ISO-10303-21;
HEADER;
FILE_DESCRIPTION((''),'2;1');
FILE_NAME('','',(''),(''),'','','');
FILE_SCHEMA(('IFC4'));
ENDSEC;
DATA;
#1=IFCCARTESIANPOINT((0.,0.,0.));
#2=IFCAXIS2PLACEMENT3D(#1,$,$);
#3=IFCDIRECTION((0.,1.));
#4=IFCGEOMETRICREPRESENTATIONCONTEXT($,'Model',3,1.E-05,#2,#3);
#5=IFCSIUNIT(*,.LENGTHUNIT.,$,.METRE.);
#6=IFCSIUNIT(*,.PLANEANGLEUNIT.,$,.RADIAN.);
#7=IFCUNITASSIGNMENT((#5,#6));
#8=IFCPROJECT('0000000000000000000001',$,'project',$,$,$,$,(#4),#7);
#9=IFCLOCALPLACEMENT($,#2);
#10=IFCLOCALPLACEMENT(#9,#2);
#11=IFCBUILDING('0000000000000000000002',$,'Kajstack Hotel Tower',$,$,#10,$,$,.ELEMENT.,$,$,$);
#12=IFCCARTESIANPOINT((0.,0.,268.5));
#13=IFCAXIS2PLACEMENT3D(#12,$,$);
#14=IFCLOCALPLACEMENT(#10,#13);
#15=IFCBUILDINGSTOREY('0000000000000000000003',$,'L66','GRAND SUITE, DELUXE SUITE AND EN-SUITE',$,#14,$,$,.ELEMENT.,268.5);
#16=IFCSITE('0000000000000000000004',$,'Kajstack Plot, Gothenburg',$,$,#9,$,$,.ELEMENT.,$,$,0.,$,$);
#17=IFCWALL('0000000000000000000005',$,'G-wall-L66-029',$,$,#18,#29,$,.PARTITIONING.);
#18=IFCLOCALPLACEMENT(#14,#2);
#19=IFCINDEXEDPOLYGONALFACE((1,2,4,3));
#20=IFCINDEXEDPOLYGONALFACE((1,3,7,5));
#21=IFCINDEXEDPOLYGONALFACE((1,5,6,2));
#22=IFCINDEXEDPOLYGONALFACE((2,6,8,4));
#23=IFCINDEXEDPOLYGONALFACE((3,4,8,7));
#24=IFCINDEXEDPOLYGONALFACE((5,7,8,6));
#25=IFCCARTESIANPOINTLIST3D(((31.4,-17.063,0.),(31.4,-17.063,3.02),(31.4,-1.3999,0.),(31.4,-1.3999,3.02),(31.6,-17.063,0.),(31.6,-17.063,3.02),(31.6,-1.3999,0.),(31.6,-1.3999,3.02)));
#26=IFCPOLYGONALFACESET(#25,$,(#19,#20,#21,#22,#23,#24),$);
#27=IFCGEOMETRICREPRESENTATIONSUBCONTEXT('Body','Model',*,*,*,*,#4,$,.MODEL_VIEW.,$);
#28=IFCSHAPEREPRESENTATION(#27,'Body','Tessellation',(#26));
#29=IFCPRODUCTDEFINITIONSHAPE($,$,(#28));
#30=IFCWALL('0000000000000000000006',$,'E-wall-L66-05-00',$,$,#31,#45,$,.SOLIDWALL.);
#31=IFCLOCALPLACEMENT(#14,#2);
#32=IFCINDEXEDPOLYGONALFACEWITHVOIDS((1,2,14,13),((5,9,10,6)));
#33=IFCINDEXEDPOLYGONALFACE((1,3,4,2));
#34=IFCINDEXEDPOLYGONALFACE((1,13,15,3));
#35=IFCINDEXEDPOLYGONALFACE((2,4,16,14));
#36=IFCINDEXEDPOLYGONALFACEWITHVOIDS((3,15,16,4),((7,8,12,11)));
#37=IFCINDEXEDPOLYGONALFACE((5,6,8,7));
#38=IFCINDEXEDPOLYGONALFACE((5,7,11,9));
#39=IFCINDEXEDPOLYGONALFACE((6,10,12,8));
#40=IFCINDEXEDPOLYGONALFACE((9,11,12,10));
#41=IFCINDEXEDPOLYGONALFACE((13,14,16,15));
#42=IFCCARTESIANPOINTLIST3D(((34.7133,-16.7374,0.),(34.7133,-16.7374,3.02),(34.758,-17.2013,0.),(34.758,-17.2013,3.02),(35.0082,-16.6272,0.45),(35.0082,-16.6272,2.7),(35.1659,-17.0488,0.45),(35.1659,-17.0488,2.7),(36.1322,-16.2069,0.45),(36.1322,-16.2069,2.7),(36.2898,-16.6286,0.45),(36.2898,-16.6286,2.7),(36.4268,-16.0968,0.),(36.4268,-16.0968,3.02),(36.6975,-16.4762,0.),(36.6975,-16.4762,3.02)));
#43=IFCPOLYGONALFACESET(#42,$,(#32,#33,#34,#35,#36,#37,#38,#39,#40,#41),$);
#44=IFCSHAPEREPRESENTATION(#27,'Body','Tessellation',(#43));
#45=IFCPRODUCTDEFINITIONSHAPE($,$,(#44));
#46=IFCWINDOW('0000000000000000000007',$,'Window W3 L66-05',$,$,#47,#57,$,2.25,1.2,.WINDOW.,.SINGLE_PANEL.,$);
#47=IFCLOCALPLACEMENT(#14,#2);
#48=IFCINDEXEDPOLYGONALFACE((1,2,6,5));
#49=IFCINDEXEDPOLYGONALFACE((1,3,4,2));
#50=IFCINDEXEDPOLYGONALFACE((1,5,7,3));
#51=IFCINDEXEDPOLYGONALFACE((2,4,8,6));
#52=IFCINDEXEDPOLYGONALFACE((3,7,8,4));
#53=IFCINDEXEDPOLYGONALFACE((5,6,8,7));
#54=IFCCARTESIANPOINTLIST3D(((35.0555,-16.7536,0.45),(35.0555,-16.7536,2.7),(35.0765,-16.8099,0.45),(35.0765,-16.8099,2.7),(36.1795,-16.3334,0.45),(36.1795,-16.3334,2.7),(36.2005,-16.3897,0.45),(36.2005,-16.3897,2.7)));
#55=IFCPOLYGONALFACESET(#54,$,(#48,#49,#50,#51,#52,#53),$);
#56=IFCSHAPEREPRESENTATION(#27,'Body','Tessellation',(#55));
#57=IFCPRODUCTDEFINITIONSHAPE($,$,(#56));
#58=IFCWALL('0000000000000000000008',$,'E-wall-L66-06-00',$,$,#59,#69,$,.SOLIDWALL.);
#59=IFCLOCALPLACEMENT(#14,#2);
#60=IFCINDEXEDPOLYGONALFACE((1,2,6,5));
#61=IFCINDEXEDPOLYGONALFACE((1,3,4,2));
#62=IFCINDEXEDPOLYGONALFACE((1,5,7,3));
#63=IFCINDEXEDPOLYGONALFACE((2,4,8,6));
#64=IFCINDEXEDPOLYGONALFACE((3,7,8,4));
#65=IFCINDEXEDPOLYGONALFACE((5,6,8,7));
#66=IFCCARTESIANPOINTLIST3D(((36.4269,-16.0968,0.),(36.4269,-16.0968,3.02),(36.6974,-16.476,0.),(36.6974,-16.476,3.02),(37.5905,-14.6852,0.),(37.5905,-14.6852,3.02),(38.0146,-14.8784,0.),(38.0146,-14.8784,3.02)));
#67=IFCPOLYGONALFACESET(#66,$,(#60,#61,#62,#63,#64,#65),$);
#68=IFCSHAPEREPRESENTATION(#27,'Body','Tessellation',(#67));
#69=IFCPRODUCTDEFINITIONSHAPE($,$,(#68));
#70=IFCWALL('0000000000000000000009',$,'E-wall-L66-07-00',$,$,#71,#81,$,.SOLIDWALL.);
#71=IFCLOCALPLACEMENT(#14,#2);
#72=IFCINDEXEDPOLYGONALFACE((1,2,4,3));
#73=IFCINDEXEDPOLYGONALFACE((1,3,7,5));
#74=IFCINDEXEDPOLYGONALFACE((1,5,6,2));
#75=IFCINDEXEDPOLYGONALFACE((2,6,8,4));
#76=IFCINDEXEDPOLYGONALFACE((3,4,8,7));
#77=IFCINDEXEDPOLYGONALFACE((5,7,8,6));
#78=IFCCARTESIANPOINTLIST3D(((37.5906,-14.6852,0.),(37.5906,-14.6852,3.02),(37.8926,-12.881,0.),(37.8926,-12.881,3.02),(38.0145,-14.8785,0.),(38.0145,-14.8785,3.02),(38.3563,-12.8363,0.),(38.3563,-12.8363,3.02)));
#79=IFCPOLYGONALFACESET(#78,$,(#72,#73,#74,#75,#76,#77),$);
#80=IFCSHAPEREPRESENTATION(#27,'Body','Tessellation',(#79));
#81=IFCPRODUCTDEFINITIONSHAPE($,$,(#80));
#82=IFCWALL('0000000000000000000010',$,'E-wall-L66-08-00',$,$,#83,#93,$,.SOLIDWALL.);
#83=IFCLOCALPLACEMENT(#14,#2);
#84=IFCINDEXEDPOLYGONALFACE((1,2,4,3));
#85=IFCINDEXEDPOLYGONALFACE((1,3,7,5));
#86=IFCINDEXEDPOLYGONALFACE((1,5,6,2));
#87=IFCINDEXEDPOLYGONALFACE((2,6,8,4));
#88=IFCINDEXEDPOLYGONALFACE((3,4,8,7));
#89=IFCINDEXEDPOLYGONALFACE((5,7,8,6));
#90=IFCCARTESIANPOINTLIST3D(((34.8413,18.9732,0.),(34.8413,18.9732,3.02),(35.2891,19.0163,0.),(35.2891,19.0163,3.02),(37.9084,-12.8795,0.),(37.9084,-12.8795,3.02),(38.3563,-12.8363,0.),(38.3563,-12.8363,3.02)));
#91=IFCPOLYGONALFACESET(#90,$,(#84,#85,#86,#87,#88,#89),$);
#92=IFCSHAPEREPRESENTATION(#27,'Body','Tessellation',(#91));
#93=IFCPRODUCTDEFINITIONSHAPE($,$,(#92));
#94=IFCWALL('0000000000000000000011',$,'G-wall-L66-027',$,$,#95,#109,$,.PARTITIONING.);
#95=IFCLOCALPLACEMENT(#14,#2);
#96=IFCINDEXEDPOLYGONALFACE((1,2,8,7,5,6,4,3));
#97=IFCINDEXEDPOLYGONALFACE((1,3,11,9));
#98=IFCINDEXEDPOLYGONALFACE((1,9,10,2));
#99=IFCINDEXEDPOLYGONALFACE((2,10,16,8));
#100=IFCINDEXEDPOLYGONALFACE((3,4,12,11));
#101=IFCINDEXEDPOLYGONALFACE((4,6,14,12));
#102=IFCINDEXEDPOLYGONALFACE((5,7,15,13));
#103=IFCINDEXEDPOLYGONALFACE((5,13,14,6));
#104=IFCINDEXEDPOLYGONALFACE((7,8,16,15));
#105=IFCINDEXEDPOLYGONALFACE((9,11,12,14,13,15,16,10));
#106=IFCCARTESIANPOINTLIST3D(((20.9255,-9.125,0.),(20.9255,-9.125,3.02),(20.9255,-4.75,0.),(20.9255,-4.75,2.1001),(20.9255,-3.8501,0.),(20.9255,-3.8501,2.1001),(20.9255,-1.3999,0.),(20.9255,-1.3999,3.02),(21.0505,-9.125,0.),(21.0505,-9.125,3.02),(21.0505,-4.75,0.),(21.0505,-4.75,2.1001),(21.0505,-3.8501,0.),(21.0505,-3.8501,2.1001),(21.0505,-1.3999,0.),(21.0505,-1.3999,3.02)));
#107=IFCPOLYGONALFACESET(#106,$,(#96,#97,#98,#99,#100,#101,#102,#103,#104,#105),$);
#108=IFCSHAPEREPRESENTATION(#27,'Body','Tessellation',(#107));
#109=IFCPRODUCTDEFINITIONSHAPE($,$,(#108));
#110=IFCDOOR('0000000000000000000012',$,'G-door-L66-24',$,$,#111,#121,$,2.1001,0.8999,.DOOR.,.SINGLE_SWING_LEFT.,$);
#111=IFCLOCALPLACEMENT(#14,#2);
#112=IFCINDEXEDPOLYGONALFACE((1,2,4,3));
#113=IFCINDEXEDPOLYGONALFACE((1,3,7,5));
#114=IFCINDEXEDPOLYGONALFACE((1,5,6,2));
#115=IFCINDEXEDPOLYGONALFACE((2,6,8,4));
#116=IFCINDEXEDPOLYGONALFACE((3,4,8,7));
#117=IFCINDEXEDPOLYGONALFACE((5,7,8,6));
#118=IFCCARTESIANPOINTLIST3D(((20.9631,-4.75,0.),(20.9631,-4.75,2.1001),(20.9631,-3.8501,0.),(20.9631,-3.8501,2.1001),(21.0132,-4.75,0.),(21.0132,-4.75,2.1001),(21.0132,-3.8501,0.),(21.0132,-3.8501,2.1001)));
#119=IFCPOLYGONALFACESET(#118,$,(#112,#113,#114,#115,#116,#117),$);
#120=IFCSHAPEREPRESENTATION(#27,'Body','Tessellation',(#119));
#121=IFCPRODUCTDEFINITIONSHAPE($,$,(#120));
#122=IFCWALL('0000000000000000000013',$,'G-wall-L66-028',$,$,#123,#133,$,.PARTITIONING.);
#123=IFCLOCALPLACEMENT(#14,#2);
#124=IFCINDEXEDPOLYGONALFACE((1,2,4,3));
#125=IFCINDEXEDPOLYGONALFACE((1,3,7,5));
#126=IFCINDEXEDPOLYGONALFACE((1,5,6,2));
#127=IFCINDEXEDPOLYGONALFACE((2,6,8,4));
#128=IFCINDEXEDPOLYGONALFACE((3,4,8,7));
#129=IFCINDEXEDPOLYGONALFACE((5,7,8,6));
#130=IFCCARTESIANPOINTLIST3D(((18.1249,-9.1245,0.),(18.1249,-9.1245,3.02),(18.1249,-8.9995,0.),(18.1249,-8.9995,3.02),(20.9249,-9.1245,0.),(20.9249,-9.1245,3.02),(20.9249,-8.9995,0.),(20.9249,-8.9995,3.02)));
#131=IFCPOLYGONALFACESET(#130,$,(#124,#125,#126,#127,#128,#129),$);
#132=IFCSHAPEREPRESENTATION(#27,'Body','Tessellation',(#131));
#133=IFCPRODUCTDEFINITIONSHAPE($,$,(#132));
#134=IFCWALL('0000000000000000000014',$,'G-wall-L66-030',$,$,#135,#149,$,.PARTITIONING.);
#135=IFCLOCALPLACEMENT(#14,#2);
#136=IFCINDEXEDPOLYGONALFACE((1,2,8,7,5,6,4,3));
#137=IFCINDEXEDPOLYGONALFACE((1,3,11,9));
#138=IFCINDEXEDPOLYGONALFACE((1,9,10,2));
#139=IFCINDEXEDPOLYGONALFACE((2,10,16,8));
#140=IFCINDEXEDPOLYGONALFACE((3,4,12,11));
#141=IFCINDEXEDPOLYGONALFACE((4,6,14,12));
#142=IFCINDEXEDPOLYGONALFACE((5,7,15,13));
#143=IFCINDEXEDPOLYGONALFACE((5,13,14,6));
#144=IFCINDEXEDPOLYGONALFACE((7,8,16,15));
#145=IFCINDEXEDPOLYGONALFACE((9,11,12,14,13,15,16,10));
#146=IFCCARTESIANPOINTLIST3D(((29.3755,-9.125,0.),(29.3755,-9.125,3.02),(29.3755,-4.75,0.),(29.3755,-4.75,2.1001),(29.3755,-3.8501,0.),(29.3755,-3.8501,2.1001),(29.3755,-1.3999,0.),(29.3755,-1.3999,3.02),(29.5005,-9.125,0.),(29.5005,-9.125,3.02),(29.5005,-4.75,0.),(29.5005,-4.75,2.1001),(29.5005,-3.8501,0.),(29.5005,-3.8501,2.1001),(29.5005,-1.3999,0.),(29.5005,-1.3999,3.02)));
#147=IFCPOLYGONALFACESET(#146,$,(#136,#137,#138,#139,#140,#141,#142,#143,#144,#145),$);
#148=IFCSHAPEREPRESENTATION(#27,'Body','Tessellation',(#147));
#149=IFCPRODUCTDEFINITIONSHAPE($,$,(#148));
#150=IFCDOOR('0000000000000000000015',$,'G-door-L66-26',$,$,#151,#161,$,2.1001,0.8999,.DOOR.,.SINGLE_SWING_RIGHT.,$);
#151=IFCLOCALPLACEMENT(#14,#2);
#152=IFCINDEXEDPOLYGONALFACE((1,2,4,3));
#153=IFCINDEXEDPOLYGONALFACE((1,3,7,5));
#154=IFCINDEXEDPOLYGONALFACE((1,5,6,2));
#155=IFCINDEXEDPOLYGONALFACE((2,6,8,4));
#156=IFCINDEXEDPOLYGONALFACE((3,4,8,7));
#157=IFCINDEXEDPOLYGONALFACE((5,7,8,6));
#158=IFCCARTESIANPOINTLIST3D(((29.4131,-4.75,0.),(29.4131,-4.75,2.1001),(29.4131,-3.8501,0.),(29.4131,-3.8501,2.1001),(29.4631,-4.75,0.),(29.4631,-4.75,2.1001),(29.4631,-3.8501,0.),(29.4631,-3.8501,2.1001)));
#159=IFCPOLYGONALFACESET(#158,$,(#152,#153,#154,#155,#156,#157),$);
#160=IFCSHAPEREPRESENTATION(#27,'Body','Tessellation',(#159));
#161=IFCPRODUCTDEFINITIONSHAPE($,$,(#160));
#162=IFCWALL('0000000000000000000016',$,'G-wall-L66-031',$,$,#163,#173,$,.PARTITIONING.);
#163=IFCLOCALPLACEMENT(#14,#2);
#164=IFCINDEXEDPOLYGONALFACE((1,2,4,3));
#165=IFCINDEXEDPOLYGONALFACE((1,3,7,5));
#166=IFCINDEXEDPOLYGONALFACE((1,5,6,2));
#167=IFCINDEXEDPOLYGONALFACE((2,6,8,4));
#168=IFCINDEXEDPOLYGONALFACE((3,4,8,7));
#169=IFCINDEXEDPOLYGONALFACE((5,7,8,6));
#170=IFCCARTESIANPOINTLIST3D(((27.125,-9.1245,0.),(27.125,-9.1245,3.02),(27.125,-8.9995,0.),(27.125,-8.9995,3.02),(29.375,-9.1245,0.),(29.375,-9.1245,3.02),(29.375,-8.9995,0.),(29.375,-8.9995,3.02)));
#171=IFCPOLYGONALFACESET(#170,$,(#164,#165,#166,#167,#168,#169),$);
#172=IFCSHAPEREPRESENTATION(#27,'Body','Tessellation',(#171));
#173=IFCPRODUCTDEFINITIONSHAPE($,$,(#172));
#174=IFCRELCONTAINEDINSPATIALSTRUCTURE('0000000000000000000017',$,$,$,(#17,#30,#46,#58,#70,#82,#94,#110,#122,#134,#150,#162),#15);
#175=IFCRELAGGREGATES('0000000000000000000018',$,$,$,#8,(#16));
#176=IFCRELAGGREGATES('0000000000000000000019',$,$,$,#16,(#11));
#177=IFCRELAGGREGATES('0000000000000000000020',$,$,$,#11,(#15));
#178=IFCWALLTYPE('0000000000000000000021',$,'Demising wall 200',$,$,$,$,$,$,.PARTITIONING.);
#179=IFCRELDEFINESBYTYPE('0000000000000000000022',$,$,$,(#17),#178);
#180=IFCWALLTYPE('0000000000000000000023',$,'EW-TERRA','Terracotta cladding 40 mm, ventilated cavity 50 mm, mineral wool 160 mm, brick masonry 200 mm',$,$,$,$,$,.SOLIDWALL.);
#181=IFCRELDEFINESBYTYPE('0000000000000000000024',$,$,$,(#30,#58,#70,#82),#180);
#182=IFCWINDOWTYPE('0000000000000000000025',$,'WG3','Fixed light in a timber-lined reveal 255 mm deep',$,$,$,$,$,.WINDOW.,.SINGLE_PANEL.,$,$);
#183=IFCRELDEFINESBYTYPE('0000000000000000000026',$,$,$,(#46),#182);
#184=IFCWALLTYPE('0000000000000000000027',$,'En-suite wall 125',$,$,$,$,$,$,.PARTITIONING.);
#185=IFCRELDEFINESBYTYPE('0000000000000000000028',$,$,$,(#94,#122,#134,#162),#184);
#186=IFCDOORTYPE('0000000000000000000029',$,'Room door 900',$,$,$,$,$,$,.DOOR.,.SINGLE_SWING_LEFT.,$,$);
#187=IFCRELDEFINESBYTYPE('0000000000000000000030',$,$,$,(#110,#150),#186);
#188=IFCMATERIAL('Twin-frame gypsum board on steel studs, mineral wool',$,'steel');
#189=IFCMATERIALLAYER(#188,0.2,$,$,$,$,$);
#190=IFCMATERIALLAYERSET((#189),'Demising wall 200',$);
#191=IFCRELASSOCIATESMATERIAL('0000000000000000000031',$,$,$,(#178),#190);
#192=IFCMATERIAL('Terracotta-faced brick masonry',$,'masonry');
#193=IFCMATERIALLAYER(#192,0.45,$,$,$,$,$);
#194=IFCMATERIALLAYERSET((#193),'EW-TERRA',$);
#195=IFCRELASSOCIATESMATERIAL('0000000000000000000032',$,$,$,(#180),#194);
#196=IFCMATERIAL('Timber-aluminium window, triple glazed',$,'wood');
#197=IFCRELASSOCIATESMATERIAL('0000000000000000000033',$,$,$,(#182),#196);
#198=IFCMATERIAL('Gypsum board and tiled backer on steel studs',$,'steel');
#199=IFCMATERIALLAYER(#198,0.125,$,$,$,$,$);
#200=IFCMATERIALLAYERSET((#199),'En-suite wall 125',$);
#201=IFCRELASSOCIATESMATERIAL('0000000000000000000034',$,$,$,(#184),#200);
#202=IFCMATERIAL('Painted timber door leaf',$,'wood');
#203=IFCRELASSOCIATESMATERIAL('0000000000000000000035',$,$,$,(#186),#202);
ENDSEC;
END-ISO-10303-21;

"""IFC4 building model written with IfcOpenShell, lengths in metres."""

from ifc_helpers import new_model, si_unit, direction, frame, frame_2d, origin, place, context, subcontext, project, spatial, polyline, rectangle, outline, extrude, material, layer, layer_set, type_object, element, fill, save


model = new_model("IFC4")

# Units and contexts
model_context = context("Model", 3, precision=1e-05, world=origin(), true_north=direction((0.0, 1.0)))
body_context = subcontext(model_context, "Body", "Model", "MODEL_VIEW")
ifc_project = project(units=[si_unit("LENGTHUNIT", "METRE"), si_unit("PLANEANGLEUNIT", "RADIAN")], contexts=[model_context])

# Site, building, storey
site_placement = place(None, origin())
site = spatial("IfcSite", under=ifc_project, at=site_placement, Name="Kajstack Plot, Gothenburg", CompositionType="ELEMENT", RefElevation=0.0)
building_placement = place(site_placement, origin())
building = spatial("IfcBuilding", under=site, at=building_placement, Name="Kajstack Hotel Tower", CompositionType="ELEMENT")
storey_placement = place(building_placement, frame((0.0, 0.0, 268.5)))
storey = spatial("IfcBuildingStorey", under=building, at=storey_placement, Name="L66", Description="GRAND SUITE, DELUXE SUITE AND EN-SUITE", CompositionType="ELEMENT", Elevation=268.5)

# Wall
ifc_material_1 = material(Name="Twin-frame gypsum board on steel studs, mineral wool", Category="steel")
ifc_layer_1 = layer(ifc_material_1, 0.2)
ifc_layer_set_1 = layer_set([ifc_layer_1], Name="Demising wall 200")
wall_type_1 = type_object("IfcWallType", Name="Demising wall 200", PredefinedType="PARTITIONING", material=ifc_layer_set_1)
wall_1_placement = place(storey_placement, frame((31.5, -17.063, 0.0), z_axis=(0.0, 0.0, 1.0), x_axis=(0.0, 1.0, 0.0)))
element("IfcWall", 1, at=wall_1_placement, inside=storey, type_object=wall_type_1, Name="G-wall-L66-029", PredefinedType="PARTITIONING", context=body_context, shape_type="SweptSolid", body=[
    extrude(rectangle(XDim=15.6631, YDim=0.2, at=frame_2d((7.8315, 0.0))), origin(), (0.0, 0.0, 1.0), 3.02),
])

# Wall, opening, window
ifc_material_2 = material(Name="Terracotta-faced brick masonry", Category="masonry")
ifc_layer_2 = layer(ifc_material_2, 0.45)
ifc_layer_set_2 = layer_set([ifc_layer_2], Name="EW-TERRA")
wall_type_2 = type_object("IfcWallType", Name="EW-TERRA", Description="Terracotta cladding 40 mm, ventilated cavity 50 mm, mineral wool 160 mm, brick masonry 200 mm", PredefinedType="SOLIDWALL", material=ifc_layer_set_2)
wall_2_placement = place(storey_placement, frame((34.6792, -16.9905, 0.0), z_axis=(0.0, 0.0, 1.0), x_axis=(0.936678, 0.350193, 0.0)))
wall_2 = element("IfcWall", 2, at=wall_2_placement, inside=storey, type_object=wall_type_2, Name="E-wall-L66-05-00", PredefinedType="SOLIDWALL", context=body_context, shape_type="SweptSolid", body=[
    extrude(outline(polyline([(0.0, -0.2251), (2.0706, -0.2251), (1.95, 0.2251), (0.1206, 0.2251), (0.0, -0.2251)])), origin(), (0.0, 0.0, 1.0), 3.02),
])
opening_1_placement = place(wall_2_placement, frame((0.4353, 0.0, 0.45)))
opening_1 = element("IfcOpeningElement", 3, at=opening_1_placement, cuts=wall_2, PredefinedType="OPENING", context=body_context, shape_type="SweptSolid", body=[
    extrude(rectangle(XDim=1.2, YDim=2.25, at=frame_2d((0.6001, 1.125))), frame((0.0, 0.2349, 0.0), z_axis=(0.0, -1.0, 0.0), x_axis=(1.0, 0.0, 0.0)), (0.0, 0.0, 1.0), 0.47),
])
ifc_material_3 = material(Name="Timber-aluminium window, triple glazed", Category="wood")
window_type = type_object("IfcWindowType", Name="WG3", Description="Fixed light in a timber-lined reveal 255 mm deep", PartitioningType="SINGLE_PANEL", PredefinedType="WINDOW", material=ifc_material_3)
window_placement = place(opening_1_placement, origin())
window = element("IfcWindow", 4, at=window_placement, inside=storey, type_object=window_type, Name="Window W3 L66-05", OverallHeight=2.25, OverallWidth=1.2, PartitioningType="SINGLE_PANEL", PredefinedType="WINDOW", context=body_context, shape_type="SweptSolid", body=[
    extrude(rectangle(XDim=1.2, YDim=2.25, at=frame_2d((0.6001, 1.125))), frame((0.0, 0.0901, 0.0), z_axis=(0.0, -1.0, 0.0), x_axis=(1.0, 0.0, 0.0)), (0.0, 0.0, 1.0), 0.0601),
])
fill(opening_1, window)

# Walls
wall_3_placement = place(storey_placement, frame((36.5239, -16.333, 0.0), z_axis=(0.0, 0.0, 1.0), x_axis=(0.636046, 0.771651, 0.0)))
element("IfcWall", 5, at=wall_3_placement, inside=storey, type_object=wall_type_2, Name="E-wall-L66-06-00", PredefinedType="SOLIDWALL", context=body_context, shape_type="SweptSolid", body=[
    extrude(outline(polyline([(0.0, -0.2249), (2.0706, -0.2251), (1.95, 0.2251), (0.1206, 0.2251), (0.0, -0.2249)])), origin(), (0.0, 0.0, 1.0), 3.02),
])
wall_4_placement = place(storey_placement, frame((37.7925, -14.8413, 0.0), z_axis=(0.0, 0.0, 1.0), x_axis=(0.165068, 0.986282, 0.0)))
element("IfcWall", 6, at=wall_4_placement, inside=storey, type_object=wall_type_2, Name="E-wall-L66-07-00", PredefinedType="SOLIDWALL", context=body_context, shape_type="SweptSolid", body=[
    extrude(outline(polyline([(0.0, -0.2251), (2.0706, -0.2251), (1.95, 0.2249), (0.1206, 0.2249), (0.0, -0.2251)])), origin(), (0.0, 0.0, 1.0), 3.02),
])
wall_5_placement = place(storey_placement, frame((38.1323, -12.8579, 0.0), z_axis=(0.0, 0.0, 1.0), x_axis=(-0.095848, 0.995396, 0.0)))
element("IfcWall", 7, at=wall_5_placement, inside=storey, type_object=wall_type_2, Name="E-wall-L66-08-00", PredefinedType="SOLIDWALL", context=body_context, shape_type="SweptSolid", body=[
    extrude(rectangle(XDim=32.0, YDim=0.45, at=frame_2d((16.0, 0.0))), origin(), (0.0, 0.0, 1.0), 3.02),
])

# Wall, opening, door
ifc_material_4 = material(Name="Gypsum board and tiled backer on steel studs", Category="steel")
ifc_layer_3 = layer(ifc_material_4, 0.125)
ifc_layer_set_3 = layer_set([ifc_layer_3], Name="En-suite wall 125")
wall_type_3 = type_object("IfcWallType", Name="En-suite wall 125", PredefinedType="PARTITIONING", material=ifc_layer_set_3)
wall_6_placement = place(storey_placement, frame((20.988, -9.125, 0.0), z_axis=(0.0, 0.0, 1.0), x_axis=(0.0, 1.0, 0.0)))
wall_6 = element("IfcWall", 8, at=wall_6_placement, inside=storey, type_object=wall_type_3, Name="G-wall-L66-027", PredefinedType="PARTITIONING", context=body_context, shape_type="SweptSolid", body=[
    extrude(rectangle(XDim=7.7251, YDim=0.125, at=frame_2d((3.8625, 0.0))), origin(), (0.0, 0.0, 1.0), 3.02),
])
opening_2_placement = place(wall_6_placement, frame((4.375, 0.0, 0.0)))
opening_2 = element("IfcOpeningElement", 9, at=opening_2_placement, cuts=wall_6, PredefinedType="OPENING", context=body_context, shape_type="SweptSolid", body=[
    extrude(rectangle(XDim=0.8999, YDim=2.1001, at=frame_2d((0.45, 1.05))), frame((0.0, 0.0725, 0.0), z_axis=(0.0, -1.0, 0.0), x_axis=(1.0, 0.0, 0.0)), (0.0, 0.0, 1.0), 0.145),
])
ifc_material_5 = material(Name="Painted timber door leaf", Category="wood")
door_type_1 = type_object("IfcDoorType", Name="Room door 900", OperationType="SINGLE_SWING_LEFT", PredefinedType="DOOR", material=ifc_material_5)
door_1_placement = place(opening_2_placement, origin())
door_1 = element("IfcDoor", 10, at=door_1_placement, inside=storey, type_object=door_type_1, Name="G-door-L66-24", OperationType="SINGLE_SWING_LEFT", OverallHeight=2.1001, OverallWidth=0.8999, PredefinedType="DOOR", context=body_context, shape_type="SweptSolid", body=[
    extrude(rectangle(XDim=0.8999, YDim=2.1001, at=frame_2d((0.45, 1.05))), frame((0.0, 0.0249, 0.0), z_axis=(0.0, -1.0, 0.0), x_axis=(1.0, 0.0, 0.0)), (0.0, 0.0, 1.0), 0.05),
])
fill(opening_2, door_1)

# Wall
wall_7_placement = place(storey_placement, frame((18.125, -9.062, 0.0), z_axis=(0.0, 0.0, 1.0), x_axis=(1.0, 0.0, 0.0)))
element("IfcWall", 11, at=wall_7_placement, inside=storey, type_object=wall_type_3, Name="G-wall-L66-028", PredefinedType="PARTITIONING", context=body_context, shape_type="SweptSolid", body=[
    extrude(rectangle(XDim=2.8, YDim=0.125, at=frame_2d((1.3999, 0.0))), origin(), (0.0, 0.0, 1.0), 3.02),
])

# Wall, opening, door
wall_8_placement = place(storey_placement, frame((29.438, -9.125, 0.0), z_axis=(0.0, 0.0, 1.0), x_axis=(0.0, 1.0, 0.0)))
wall_8 = element("IfcWall", 12, at=wall_8_placement, inside=storey, type_object=wall_type_3, Name="G-wall-L66-030", PredefinedType="PARTITIONING", context=body_context, shape_type="SweptSolid", body=[
    extrude(rectangle(XDim=7.7251, YDim=0.125, at=frame_2d((3.8625, 0.0))), origin(), (0.0, 0.0, 1.0), 3.02),
])
opening_3_placement = place(wall_8_placement, frame((4.375, 0.0, 0.0)))
opening_3 = element("IfcOpeningElement", 13, at=opening_3_placement, cuts=wall_8, PredefinedType="OPENING", context=body_context, shape_type="SweptSolid", body=[
    extrude(rectangle(XDim=0.8999, YDim=2.1001, at=frame_2d((0.45, 1.05))), frame((0.0, 0.0725, 0.0), z_axis=(0.0, -1.0, 0.0), x_axis=(1.0, 0.0, 0.0)), (0.0, 0.0, 1.0), 0.145),
])
door_2_placement = place(opening_3_placement, origin())
door_2 = element("IfcDoor", 14, at=door_2_placement, inside=storey, type_object=door_type_1, Name="G-door-L66-26", OperationType="SINGLE_SWING_RIGHT", OverallHeight=2.1001, OverallWidth=0.8999, PredefinedType="DOOR", context=body_context, shape_type="SweptSolid", body=[
    extrude(rectangle(XDim=0.8999, YDim=2.1001, at=frame_2d((0.45, 1.05))), frame((0.0, 0.0249, 0.0), z_axis=(0.0, -1.0, 0.0), x_axis=(1.0, 0.0, 0.0)), (0.0, 0.0, 1.0), 0.05),
])
fill(opening_3, door_2)

# Wall
wall_9_placement = place(storey_placement, frame((27.125, -9.062, 0.0), z_axis=(0.0, 0.0, 1.0), x_axis=(1.0, 0.0, 0.0)))
element("IfcWall", 15, at=wall_9_placement, inside=storey, type_object=wall_type_3, Name="G-wall-L66-031", PredefinedType="PARTITIONING", context=body_context, shape_type="SweptSolid", body=[
    extrude(rectangle(XDim=2.25, YDim=0.125, at=frame_2d((1.125, 0.0))), origin(), (0.0, 0.0, 1.0), 3.02),
])

save(model, "model.ifc")
